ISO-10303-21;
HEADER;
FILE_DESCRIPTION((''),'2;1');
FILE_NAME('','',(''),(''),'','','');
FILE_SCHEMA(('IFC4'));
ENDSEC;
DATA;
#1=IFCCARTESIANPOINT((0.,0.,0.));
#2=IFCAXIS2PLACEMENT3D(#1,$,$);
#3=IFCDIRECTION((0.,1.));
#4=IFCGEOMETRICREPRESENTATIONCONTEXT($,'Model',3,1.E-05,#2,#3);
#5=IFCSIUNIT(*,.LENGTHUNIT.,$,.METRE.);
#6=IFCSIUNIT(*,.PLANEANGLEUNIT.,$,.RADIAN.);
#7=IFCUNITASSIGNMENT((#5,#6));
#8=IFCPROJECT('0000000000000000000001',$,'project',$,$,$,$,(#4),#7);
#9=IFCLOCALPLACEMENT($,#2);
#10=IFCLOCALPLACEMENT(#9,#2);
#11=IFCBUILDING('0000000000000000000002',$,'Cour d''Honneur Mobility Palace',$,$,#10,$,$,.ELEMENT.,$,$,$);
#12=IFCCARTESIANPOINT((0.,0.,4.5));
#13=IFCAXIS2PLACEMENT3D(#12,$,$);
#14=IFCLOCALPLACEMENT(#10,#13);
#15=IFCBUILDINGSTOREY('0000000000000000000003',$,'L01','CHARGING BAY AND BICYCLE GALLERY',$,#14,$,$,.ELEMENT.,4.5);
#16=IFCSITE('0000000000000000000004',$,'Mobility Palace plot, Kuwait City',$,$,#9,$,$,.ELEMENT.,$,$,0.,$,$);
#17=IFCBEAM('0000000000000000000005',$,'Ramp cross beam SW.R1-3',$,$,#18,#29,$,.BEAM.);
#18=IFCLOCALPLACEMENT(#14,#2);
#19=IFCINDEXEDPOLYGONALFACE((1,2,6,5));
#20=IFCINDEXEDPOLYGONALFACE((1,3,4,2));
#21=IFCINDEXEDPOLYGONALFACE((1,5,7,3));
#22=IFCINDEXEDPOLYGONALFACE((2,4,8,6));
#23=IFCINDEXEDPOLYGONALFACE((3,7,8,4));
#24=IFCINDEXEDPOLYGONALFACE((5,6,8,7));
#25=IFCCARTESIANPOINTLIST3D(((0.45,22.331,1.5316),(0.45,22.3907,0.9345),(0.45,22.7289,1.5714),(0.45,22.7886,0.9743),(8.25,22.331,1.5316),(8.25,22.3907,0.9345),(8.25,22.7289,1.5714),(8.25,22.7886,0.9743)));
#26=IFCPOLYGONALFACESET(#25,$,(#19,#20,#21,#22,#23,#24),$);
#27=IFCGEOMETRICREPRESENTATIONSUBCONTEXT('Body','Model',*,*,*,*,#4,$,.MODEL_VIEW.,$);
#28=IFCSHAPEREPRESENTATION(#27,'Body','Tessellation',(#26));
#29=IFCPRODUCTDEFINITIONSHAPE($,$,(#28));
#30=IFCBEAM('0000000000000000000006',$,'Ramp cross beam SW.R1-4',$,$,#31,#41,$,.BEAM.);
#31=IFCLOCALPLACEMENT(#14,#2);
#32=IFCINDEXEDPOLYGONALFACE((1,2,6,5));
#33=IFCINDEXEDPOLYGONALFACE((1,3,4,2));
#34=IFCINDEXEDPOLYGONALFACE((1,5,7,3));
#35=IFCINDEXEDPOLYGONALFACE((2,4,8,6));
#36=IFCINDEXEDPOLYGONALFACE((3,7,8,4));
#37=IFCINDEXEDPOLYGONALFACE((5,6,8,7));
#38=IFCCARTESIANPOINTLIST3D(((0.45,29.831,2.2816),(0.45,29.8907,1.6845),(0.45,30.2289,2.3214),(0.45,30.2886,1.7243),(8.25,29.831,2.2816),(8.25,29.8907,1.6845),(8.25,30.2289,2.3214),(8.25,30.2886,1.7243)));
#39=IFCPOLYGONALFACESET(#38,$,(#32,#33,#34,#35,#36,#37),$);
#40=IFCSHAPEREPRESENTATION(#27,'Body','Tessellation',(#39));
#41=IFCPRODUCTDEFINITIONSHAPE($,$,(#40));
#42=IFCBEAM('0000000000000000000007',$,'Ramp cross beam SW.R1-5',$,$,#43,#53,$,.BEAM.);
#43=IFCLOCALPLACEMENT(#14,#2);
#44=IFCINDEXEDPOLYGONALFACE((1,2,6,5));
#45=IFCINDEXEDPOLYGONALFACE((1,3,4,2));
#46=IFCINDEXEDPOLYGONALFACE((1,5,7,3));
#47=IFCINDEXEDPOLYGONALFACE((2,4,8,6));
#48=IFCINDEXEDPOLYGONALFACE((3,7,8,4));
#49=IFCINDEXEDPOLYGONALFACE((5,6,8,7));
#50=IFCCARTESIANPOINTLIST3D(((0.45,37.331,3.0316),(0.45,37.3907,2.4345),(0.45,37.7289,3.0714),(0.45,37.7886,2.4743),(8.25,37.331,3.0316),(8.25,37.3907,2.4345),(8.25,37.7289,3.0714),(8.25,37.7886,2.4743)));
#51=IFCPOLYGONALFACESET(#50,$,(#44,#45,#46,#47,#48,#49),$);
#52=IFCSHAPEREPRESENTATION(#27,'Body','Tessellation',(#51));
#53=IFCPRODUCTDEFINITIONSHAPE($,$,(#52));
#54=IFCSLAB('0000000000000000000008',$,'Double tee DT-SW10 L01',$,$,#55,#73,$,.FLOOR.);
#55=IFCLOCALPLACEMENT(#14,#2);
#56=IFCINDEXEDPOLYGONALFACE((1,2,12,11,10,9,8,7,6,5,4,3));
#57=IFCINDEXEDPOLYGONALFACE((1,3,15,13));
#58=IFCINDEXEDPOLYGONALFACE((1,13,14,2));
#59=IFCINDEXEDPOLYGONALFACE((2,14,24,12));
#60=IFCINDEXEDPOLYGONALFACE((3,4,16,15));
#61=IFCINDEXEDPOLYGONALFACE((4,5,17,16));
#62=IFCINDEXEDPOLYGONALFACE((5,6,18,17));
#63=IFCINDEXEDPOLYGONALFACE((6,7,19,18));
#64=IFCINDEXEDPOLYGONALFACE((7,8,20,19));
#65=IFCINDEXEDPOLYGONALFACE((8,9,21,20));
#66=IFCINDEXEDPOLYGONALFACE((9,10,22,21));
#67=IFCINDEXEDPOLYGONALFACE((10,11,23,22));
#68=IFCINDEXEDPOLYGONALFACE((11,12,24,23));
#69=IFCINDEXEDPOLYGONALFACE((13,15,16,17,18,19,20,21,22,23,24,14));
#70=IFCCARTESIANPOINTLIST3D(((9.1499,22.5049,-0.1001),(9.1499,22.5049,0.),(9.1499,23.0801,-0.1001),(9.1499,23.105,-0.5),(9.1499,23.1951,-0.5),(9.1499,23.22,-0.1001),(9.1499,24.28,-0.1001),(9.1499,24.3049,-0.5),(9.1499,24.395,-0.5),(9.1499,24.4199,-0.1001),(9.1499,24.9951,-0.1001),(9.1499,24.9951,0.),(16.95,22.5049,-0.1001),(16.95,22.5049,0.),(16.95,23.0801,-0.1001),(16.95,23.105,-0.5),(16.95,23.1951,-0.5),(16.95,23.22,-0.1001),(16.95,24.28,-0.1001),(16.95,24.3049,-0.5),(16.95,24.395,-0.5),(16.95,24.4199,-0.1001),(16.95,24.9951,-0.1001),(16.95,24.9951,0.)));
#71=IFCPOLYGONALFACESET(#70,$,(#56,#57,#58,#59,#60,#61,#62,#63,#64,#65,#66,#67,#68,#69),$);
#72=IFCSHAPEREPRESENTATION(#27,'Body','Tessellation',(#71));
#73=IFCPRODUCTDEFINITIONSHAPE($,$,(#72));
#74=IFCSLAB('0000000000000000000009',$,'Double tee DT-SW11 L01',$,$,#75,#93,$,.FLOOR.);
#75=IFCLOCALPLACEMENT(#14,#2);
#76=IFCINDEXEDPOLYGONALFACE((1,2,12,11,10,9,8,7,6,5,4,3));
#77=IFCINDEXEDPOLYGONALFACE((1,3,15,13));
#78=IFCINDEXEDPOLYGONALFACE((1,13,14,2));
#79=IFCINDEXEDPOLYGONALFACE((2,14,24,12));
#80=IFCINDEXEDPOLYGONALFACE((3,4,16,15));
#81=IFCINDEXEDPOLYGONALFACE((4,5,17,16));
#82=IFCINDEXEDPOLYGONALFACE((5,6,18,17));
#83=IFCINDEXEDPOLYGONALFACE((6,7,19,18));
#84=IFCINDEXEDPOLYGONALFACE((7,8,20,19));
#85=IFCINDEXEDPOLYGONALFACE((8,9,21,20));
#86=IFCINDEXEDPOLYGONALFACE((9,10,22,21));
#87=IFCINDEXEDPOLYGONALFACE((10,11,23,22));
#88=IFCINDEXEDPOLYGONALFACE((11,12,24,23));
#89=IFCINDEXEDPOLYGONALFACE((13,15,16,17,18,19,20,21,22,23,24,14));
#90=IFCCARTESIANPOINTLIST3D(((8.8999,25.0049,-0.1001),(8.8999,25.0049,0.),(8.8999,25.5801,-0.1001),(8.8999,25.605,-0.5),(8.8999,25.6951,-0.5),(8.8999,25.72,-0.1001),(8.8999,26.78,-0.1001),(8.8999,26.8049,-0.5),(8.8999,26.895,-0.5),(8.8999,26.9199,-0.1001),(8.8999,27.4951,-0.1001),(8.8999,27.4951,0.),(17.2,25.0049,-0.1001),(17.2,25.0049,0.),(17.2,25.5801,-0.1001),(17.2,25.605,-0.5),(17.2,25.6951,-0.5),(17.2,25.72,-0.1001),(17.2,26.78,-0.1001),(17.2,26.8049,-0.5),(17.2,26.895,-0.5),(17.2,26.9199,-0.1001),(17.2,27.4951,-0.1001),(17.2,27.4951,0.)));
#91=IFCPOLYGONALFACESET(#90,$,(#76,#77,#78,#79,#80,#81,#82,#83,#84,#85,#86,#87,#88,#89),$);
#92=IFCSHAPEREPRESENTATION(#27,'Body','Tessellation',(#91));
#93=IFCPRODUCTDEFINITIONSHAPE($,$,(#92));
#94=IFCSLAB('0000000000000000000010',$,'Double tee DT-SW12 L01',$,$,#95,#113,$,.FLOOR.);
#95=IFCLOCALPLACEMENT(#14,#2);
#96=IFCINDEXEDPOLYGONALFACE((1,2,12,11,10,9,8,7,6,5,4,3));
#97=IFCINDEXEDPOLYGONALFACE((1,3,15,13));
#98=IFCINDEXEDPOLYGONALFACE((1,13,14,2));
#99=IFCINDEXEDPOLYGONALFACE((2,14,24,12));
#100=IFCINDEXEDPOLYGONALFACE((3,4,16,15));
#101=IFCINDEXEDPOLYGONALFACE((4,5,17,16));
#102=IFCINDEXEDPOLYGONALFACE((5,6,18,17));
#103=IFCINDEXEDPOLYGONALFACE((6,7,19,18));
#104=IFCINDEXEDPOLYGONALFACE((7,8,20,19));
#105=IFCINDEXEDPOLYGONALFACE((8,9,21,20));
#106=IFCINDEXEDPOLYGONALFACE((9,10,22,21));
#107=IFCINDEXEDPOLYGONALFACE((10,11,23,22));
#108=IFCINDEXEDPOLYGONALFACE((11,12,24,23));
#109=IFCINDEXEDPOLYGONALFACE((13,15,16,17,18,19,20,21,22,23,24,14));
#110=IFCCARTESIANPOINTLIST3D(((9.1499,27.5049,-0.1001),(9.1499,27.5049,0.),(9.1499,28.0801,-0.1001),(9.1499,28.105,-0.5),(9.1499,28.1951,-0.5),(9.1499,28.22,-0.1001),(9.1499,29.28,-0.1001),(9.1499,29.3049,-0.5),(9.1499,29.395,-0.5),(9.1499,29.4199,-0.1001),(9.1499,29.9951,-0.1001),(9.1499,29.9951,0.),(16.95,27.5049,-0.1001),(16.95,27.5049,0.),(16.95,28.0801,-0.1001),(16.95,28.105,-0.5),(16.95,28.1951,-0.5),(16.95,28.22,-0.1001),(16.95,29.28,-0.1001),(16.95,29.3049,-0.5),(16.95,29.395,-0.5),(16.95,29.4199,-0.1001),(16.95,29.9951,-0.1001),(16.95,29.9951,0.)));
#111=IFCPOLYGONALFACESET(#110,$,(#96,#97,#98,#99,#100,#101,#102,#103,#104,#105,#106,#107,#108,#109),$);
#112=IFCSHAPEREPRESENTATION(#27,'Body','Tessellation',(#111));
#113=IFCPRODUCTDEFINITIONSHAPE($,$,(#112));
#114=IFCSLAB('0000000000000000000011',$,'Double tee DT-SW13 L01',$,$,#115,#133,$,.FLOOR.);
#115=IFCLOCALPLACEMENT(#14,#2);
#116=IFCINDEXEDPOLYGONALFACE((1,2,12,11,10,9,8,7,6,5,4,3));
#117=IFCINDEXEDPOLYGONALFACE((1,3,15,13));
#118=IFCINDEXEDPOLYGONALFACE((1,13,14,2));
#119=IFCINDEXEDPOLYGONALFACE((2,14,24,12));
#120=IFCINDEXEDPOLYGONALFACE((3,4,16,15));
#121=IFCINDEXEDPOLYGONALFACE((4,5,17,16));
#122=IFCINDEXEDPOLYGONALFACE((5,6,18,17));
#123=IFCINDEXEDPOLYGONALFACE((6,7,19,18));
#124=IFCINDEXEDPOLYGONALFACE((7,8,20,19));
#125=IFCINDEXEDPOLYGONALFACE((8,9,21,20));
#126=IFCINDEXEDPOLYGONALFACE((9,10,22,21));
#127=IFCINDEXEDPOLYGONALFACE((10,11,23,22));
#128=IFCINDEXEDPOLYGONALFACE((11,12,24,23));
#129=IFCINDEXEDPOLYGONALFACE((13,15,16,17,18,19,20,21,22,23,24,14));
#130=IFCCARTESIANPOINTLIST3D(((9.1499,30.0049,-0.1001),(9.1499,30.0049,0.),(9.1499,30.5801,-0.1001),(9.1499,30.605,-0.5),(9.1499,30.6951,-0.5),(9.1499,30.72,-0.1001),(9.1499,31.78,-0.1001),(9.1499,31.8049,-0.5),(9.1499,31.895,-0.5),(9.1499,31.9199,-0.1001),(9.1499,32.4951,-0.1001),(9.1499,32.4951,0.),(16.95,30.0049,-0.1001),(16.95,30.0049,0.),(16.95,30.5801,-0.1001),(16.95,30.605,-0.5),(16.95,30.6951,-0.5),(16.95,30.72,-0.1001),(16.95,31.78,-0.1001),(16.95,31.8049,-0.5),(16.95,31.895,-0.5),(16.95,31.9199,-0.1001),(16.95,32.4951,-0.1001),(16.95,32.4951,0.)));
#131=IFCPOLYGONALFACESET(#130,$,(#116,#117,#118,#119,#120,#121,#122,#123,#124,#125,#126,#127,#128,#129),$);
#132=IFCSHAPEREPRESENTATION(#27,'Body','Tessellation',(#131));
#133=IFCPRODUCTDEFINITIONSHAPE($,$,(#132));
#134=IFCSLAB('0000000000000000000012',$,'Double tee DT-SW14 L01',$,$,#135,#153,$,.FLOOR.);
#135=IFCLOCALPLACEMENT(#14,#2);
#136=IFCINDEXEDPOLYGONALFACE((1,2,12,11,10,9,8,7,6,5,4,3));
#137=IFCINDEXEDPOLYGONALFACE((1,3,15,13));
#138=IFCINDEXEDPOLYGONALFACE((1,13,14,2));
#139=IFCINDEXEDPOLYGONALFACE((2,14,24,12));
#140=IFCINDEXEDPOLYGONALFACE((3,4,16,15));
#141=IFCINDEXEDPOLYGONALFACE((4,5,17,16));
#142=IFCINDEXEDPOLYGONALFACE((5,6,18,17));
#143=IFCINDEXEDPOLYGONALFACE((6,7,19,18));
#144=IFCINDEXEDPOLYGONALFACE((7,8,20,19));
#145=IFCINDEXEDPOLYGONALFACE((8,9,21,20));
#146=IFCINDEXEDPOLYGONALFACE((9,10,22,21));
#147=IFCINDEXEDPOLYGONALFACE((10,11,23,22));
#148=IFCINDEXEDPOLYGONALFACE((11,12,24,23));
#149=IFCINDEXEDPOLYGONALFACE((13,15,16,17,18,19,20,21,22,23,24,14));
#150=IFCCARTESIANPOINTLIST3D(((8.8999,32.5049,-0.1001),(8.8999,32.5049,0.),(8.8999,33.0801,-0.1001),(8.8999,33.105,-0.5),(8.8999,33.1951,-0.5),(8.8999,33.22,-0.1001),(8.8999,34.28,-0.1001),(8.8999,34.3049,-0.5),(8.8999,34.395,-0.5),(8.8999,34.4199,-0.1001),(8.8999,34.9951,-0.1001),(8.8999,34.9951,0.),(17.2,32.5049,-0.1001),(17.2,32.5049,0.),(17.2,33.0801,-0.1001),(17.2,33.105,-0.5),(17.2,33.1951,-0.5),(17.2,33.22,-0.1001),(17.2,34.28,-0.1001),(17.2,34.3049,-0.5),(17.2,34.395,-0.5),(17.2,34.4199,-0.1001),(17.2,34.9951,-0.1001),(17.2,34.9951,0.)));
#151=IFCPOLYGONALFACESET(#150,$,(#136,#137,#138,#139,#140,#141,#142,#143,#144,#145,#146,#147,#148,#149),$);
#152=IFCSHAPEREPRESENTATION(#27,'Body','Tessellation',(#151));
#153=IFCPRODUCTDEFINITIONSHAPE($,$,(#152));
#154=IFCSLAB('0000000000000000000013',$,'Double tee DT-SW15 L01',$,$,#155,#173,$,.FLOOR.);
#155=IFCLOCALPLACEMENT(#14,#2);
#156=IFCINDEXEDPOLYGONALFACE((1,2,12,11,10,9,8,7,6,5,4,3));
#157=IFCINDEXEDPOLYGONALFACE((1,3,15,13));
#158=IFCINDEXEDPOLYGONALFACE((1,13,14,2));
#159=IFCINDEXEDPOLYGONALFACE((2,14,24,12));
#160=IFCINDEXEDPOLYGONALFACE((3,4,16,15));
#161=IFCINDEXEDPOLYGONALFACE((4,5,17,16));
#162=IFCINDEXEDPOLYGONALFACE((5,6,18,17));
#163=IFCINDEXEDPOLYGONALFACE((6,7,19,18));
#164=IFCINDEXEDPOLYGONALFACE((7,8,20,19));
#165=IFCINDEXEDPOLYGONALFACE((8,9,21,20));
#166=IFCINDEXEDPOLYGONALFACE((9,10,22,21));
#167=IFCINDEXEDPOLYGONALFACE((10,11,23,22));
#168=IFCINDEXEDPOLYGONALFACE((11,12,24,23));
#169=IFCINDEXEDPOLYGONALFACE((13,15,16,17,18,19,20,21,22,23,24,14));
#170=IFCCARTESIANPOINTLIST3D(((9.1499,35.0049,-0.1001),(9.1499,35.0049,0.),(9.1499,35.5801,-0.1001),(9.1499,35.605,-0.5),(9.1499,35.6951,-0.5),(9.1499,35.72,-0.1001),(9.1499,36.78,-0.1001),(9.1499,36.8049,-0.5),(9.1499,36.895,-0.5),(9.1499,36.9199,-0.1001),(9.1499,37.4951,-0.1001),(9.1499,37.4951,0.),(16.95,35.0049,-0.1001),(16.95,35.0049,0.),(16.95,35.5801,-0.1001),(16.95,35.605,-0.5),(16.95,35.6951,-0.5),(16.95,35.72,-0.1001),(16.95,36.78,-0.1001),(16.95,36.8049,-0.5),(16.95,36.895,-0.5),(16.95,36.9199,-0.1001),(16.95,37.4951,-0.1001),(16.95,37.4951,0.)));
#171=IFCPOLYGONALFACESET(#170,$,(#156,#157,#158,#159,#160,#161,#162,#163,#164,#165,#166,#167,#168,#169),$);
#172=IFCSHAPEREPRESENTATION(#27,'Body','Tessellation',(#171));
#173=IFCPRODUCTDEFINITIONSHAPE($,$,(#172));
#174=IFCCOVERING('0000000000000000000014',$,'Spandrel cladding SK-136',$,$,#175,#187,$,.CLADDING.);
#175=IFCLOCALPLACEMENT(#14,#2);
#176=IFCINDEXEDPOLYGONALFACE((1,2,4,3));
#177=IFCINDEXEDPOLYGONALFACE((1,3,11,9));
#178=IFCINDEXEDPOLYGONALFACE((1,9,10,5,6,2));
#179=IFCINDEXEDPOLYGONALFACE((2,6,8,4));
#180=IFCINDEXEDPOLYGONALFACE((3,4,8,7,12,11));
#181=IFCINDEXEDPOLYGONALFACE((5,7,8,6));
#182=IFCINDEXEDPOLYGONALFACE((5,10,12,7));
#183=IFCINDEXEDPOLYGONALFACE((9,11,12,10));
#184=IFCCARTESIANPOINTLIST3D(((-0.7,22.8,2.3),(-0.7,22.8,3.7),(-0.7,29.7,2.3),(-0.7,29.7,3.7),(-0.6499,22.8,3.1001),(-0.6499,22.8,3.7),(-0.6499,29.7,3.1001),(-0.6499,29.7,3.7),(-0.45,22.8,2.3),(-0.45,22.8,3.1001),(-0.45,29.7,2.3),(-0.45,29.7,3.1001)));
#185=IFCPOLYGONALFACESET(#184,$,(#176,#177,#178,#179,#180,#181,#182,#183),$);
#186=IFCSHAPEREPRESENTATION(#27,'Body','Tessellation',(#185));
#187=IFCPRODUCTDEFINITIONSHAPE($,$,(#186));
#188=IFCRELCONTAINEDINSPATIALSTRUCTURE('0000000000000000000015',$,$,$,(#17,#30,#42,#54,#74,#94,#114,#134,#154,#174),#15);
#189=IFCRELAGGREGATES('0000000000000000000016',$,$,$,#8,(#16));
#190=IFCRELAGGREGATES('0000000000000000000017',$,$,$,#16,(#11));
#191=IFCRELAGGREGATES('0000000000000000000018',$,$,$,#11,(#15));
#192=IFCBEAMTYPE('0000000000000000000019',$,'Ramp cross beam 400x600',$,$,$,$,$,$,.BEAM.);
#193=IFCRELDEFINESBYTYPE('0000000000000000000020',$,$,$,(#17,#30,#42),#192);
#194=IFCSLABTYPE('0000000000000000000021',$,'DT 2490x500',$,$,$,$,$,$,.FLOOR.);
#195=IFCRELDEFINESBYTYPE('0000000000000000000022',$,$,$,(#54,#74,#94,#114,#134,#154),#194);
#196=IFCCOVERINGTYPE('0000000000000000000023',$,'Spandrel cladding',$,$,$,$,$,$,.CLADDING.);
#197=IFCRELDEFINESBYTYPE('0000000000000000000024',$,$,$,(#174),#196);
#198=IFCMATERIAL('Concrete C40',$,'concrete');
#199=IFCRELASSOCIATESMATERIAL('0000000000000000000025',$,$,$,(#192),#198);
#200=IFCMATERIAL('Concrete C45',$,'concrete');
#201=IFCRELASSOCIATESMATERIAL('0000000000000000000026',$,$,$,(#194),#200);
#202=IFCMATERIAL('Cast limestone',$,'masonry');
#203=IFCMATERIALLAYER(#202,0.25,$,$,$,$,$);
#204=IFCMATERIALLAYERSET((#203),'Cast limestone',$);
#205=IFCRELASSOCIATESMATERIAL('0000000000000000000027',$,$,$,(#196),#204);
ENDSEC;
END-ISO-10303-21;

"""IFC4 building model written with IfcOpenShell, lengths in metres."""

from ifc_helpers import new_model, si_unit, direction, frame, origin, origin_2d, place, context, subcontext, project, spatial, polyline, rectangle, outline, extrude, material, layer, layer_set, material_profile, profile_set, type_object, element, save


model = new_model("IFC4")

# Units and contexts
model_context = context("Model", 3, precision=1e-05, world=origin(), true_north=direction((0.0, 1.0)))
body_context = subcontext(model_context, "Body", "Model", "MODEL_VIEW")
ifc_project = project(units=[si_unit("LENGTHUNIT", "METRE"), si_unit("PLANEANGLEUNIT", "RADIAN")], contexts=[model_context])

# Site, building, storey
site_placement = place(None, origin())
site = spatial("IfcSite", under=ifc_project, at=site_placement, Name="Mobility Palace plot, Kuwait City", CompositionType="ELEMENT", RefElevation=0.0)
building_placement = place(site_placement, origin())
building = spatial("IfcBuilding", under=site, at=building_placement, Name="Cour d'Honneur Mobility Palace", CompositionType="ELEMENT")
storey_placement = place(building_placement, frame((0.0, 0.0, 4.5)))
storey = spatial("IfcBuildingStorey", under=building, at=storey_placement, Name="L01", Description="CHARGING BAY AND BICYCLE GALLERY", CompositionType="ELEMENT", Elevation=4.5)

# Beams
ifc_material_1 = material(Name="Concrete C40", Category="concrete")
ifc_material_profile_1 = material_profile(ifc_material_1, rectangle(XDim=0.3999, YDim=0.6001, at=origin_2d()), Name="Ramp cross beam 400x600")
ifc_profile_set_1 = profile_set([ifc_material_profile_1], Name="Concrete C40")
beam_type_1 = type_object("IfcBeamType", Name="Ramp cross beam 400x600", PredefinedType="BEAM", material=ifc_profile_set_1)
for number, where, z_axis, x_axis, name in (
    (1, (0.45, 22.5598, 1.2529), (1.0, 0.0, 0.0), (0.0, 0.995037, 0.099504), "Ramp cross beam SW.R1-3"),
    (2, (0.45, 30.0598, 2.0029), (1.0, 0.0, 0.0), (0.0, 0.995037, 0.099504), "Ramp cross beam SW.R1-4"),
    (3, (0.45, 37.5598, 2.7529), (1.0, 0.0, 0.0), (0.0, 0.995037, 0.099504), "Ramp cross beam SW.R1-5"),
):
    element("IfcBeam", number, at=place(storey_placement, frame(where, z_axis=z_axis, x_axis=x_axis)), inside=storey, type_object=beam_type_1, Name=name, PredefinedType="BEAM", context=body_context, shape_type="SweptSolid", body=[
        extrude(rectangle(XDim=0.3999, YDim=0.6001, at=origin_2d()), origin(), (0.0, 0.0, 1.0), 7.8),
    ])

# Slabs
ifc_material_2 = material(Name="Concrete C45", Category="concrete")
ifc_material_profile_2 = material_profile(ifc_material_2, outline(polyline([(-1.2451, 0.0), (1.2451, 0.0), (1.2451, -0.1001), (0.6699, -0.1001), (0.645, -0.5), (0.5549, -0.5), (0.53, -0.1001), (-0.53, -0.1001), (-0.5549, -0.5), (-0.645, -0.5), (-0.6699, -0.1001), (-1.2451, -0.1001), (-1.2451, 0.0)])), Name="DT 2490x500")
ifc_profile_set_2 = profile_set([ifc_material_profile_2], Name="Concrete C45")
slab_type = type_object("IfcSlabType", Name="DT 2490x500", PredefinedType="FLOOR", material=ifc_profile_set_2)
slab_1_placement = place(storey_placement, frame((9.1499, 23.75, 0.0), z_axis=(1.0, 0.0, 0.0), x_axis=(0.0, 1.0, 0.0)))
element("IfcSlab", 4, at=slab_1_placement, inside=storey, type_object=slab_type, Name="Double tee DT-SW10 L01", PredefinedType="FLOOR", context=body_context, shape_type="SweptSolid", body=[
    extrude(outline(polyline([(-1.2451, 0.0), (1.2451, 0.0), (1.2451, -0.1001), (0.6699, -0.1001), (0.645, -0.5), (0.5549, -0.5), (0.53, -0.1001), (-0.53, -0.1001), (-0.5549, -0.5), (-0.645, -0.5), (-0.6699, -0.1001), (-1.2451, -0.1001), (-1.2451, 0.0)])), origin(), (0.0, 0.0, 1.0), 7.8),
])
slab_2_placement = place(storey_placement, frame((8.8999, 26.25, 0.0), z_axis=(1.0, 0.0, 0.0), x_axis=(0.0, 1.0, 0.0)))
element("IfcSlab", 5, at=slab_2_placement, inside=storey, type_object=slab_type, Name="Double tee DT-SW11 L01", PredefinedType="FLOOR", context=body_context, shape_type="SweptSolid", body=[
    extrude(outline(polyline([(-1.2451, 0.0), (1.2451, 0.0), (1.2451, -0.1001), (0.6699, -0.1001), (0.645, -0.5), (0.5549, -0.5), (0.53, -0.1001), (-0.53, -0.1001), (-0.5549, -0.5), (-0.645, -0.5), (-0.6699, -0.1001), (-1.2451, -0.1001), (-1.2451, 0.0)])), origin(), (0.0, 0.0, 1.0), 8.3),
])
for number, where, z_axis, x_axis, name in (
    (6, (9.1499, 28.75, 0.0), (1.0, 0.0, 0.0), (0.0, 1.0, 0.0), "Double tee DT-SW12 L01"),
    (7, (9.1499, 31.25, 0.0), (1.0, 0.0, 0.0), (0.0, 1.0, 0.0), "Double tee DT-SW13 L01"),
):
    element("IfcSlab", number, at=place(storey_placement, frame(where, z_axis=z_axis, x_axis=x_axis)), inside=storey, type_object=slab_type, Name=name, PredefinedType="FLOOR", context=body_context, shape_type="SweptSolid", body=[
        extrude(outline(polyline([(-1.2451, 0.0), (1.2451, 0.0), (1.2451, -0.1001), (0.6699, -0.1001), (0.645, -0.5), (0.5549, -0.5), (0.53, -0.1001), (-0.53, -0.1001), (-0.5549, -0.5), (-0.645, -0.5), (-0.6699, -0.1001), (-1.2451, -0.1001), (-1.2451, 0.0)])), origin(), (0.0, 0.0, 1.0), 7.8),
    ])
slab_3_placement = place(storey_placement, frame((8.8999, 33.75, 0.0), z_axis=(1.0, 0.0, 0.0), x_axis=(0.0, 1.0, 0.0)))
element("IfcSlab", 8, at=slab_3_placement, inside=storey, type_object=slab_type, Name="Double tee DT-SW14 L01", PredefinedType="FLOOR", context=body_context, shape_type="SweptSolid", body=[
    extrude(outline(polyline([(-1.2451, 0.0), (1.2451, 0.0), (1.2451, -0.1001), (0.6699, -0.1001), (0.645, -0.5), (0.5549, -0.5), (0.53, -0.1001), (-0.53, -0.1001), (-0.5549, -0.5), (-0.645, -0.5), (-0.6699, -0.1001), (-1.2451, -0.1001), (-1.2451, 0.0)])), origin(), (0.0, 0.0, 1.0), 8.3),
])
slab_4_placement = place(storey_placement, frame((9.1499, 36.25, 0.0), z_axis=(1.0, 0.0, 0.0), x_axis=(0.0, 1.0, 0.0)))
element("IfcSlab", 9, at=slab_4_placement, inside=storey, type_object=slab_type, Name="Double tee DT-SW15 L01", PredefinedType="FLOOR", context=body_context, shape_type="SweptSolid", body=[
    extrude(outline(polyline([(-1.2451, 0.0), (1.2451, 0.0), (1.2451, -0.1001), (0.6699, -0.1001), (0.645, -0.5), (0.5549, -0.5), (0.53, -0.1001), (-0.53, -0.1001), (-0.5549, -0.5), (-0.645, -0.5), (-0.6699, -0.1001), (-1.2451, -0.1001), (-1.2451, 0.0)])), origin(), (0.0, 0.0, 1.0), 7.8),
])

# Covering
ifc_material_3 = material(Name="Cast limestone", Category="masonry")
ifc_layer = layer(ifc_material_3, 0.25)
ifc_layer_set = layer_set([ifc_layer], Name="Cast limestone")
covering_type = type_object("IfcCoveringType", Name="Spandrel cladding", PredefinedType="CLADDING", material=ifc_layer_set)
covering_placement = place(storey_placement, frame((-0.45, 29.7, 2.3), z_axis=(0.0, 1.0, 0.0), x_axis=(-1.0, 0.0, 0.0)))
element("IfcCovering", 10, at=covering_placement, inside=storey, type_object=covering_type, Name="Spandrel cladding SK-136", PredefinedType="CLADDING", context=body_context, shape_type="SweptSolid", body=[
    extrude(outline(polyline([(0.0, 0.0), (0.25, 0.0), (0.25, 1.3999), (0.2, 1.3999), (0.2, 0.8), (0.0, 0.8), (0.0, 0.0)])), origin(), (0.0, 0.0, -1.0), 6.8999),
])

save(model, "model.ifc")
